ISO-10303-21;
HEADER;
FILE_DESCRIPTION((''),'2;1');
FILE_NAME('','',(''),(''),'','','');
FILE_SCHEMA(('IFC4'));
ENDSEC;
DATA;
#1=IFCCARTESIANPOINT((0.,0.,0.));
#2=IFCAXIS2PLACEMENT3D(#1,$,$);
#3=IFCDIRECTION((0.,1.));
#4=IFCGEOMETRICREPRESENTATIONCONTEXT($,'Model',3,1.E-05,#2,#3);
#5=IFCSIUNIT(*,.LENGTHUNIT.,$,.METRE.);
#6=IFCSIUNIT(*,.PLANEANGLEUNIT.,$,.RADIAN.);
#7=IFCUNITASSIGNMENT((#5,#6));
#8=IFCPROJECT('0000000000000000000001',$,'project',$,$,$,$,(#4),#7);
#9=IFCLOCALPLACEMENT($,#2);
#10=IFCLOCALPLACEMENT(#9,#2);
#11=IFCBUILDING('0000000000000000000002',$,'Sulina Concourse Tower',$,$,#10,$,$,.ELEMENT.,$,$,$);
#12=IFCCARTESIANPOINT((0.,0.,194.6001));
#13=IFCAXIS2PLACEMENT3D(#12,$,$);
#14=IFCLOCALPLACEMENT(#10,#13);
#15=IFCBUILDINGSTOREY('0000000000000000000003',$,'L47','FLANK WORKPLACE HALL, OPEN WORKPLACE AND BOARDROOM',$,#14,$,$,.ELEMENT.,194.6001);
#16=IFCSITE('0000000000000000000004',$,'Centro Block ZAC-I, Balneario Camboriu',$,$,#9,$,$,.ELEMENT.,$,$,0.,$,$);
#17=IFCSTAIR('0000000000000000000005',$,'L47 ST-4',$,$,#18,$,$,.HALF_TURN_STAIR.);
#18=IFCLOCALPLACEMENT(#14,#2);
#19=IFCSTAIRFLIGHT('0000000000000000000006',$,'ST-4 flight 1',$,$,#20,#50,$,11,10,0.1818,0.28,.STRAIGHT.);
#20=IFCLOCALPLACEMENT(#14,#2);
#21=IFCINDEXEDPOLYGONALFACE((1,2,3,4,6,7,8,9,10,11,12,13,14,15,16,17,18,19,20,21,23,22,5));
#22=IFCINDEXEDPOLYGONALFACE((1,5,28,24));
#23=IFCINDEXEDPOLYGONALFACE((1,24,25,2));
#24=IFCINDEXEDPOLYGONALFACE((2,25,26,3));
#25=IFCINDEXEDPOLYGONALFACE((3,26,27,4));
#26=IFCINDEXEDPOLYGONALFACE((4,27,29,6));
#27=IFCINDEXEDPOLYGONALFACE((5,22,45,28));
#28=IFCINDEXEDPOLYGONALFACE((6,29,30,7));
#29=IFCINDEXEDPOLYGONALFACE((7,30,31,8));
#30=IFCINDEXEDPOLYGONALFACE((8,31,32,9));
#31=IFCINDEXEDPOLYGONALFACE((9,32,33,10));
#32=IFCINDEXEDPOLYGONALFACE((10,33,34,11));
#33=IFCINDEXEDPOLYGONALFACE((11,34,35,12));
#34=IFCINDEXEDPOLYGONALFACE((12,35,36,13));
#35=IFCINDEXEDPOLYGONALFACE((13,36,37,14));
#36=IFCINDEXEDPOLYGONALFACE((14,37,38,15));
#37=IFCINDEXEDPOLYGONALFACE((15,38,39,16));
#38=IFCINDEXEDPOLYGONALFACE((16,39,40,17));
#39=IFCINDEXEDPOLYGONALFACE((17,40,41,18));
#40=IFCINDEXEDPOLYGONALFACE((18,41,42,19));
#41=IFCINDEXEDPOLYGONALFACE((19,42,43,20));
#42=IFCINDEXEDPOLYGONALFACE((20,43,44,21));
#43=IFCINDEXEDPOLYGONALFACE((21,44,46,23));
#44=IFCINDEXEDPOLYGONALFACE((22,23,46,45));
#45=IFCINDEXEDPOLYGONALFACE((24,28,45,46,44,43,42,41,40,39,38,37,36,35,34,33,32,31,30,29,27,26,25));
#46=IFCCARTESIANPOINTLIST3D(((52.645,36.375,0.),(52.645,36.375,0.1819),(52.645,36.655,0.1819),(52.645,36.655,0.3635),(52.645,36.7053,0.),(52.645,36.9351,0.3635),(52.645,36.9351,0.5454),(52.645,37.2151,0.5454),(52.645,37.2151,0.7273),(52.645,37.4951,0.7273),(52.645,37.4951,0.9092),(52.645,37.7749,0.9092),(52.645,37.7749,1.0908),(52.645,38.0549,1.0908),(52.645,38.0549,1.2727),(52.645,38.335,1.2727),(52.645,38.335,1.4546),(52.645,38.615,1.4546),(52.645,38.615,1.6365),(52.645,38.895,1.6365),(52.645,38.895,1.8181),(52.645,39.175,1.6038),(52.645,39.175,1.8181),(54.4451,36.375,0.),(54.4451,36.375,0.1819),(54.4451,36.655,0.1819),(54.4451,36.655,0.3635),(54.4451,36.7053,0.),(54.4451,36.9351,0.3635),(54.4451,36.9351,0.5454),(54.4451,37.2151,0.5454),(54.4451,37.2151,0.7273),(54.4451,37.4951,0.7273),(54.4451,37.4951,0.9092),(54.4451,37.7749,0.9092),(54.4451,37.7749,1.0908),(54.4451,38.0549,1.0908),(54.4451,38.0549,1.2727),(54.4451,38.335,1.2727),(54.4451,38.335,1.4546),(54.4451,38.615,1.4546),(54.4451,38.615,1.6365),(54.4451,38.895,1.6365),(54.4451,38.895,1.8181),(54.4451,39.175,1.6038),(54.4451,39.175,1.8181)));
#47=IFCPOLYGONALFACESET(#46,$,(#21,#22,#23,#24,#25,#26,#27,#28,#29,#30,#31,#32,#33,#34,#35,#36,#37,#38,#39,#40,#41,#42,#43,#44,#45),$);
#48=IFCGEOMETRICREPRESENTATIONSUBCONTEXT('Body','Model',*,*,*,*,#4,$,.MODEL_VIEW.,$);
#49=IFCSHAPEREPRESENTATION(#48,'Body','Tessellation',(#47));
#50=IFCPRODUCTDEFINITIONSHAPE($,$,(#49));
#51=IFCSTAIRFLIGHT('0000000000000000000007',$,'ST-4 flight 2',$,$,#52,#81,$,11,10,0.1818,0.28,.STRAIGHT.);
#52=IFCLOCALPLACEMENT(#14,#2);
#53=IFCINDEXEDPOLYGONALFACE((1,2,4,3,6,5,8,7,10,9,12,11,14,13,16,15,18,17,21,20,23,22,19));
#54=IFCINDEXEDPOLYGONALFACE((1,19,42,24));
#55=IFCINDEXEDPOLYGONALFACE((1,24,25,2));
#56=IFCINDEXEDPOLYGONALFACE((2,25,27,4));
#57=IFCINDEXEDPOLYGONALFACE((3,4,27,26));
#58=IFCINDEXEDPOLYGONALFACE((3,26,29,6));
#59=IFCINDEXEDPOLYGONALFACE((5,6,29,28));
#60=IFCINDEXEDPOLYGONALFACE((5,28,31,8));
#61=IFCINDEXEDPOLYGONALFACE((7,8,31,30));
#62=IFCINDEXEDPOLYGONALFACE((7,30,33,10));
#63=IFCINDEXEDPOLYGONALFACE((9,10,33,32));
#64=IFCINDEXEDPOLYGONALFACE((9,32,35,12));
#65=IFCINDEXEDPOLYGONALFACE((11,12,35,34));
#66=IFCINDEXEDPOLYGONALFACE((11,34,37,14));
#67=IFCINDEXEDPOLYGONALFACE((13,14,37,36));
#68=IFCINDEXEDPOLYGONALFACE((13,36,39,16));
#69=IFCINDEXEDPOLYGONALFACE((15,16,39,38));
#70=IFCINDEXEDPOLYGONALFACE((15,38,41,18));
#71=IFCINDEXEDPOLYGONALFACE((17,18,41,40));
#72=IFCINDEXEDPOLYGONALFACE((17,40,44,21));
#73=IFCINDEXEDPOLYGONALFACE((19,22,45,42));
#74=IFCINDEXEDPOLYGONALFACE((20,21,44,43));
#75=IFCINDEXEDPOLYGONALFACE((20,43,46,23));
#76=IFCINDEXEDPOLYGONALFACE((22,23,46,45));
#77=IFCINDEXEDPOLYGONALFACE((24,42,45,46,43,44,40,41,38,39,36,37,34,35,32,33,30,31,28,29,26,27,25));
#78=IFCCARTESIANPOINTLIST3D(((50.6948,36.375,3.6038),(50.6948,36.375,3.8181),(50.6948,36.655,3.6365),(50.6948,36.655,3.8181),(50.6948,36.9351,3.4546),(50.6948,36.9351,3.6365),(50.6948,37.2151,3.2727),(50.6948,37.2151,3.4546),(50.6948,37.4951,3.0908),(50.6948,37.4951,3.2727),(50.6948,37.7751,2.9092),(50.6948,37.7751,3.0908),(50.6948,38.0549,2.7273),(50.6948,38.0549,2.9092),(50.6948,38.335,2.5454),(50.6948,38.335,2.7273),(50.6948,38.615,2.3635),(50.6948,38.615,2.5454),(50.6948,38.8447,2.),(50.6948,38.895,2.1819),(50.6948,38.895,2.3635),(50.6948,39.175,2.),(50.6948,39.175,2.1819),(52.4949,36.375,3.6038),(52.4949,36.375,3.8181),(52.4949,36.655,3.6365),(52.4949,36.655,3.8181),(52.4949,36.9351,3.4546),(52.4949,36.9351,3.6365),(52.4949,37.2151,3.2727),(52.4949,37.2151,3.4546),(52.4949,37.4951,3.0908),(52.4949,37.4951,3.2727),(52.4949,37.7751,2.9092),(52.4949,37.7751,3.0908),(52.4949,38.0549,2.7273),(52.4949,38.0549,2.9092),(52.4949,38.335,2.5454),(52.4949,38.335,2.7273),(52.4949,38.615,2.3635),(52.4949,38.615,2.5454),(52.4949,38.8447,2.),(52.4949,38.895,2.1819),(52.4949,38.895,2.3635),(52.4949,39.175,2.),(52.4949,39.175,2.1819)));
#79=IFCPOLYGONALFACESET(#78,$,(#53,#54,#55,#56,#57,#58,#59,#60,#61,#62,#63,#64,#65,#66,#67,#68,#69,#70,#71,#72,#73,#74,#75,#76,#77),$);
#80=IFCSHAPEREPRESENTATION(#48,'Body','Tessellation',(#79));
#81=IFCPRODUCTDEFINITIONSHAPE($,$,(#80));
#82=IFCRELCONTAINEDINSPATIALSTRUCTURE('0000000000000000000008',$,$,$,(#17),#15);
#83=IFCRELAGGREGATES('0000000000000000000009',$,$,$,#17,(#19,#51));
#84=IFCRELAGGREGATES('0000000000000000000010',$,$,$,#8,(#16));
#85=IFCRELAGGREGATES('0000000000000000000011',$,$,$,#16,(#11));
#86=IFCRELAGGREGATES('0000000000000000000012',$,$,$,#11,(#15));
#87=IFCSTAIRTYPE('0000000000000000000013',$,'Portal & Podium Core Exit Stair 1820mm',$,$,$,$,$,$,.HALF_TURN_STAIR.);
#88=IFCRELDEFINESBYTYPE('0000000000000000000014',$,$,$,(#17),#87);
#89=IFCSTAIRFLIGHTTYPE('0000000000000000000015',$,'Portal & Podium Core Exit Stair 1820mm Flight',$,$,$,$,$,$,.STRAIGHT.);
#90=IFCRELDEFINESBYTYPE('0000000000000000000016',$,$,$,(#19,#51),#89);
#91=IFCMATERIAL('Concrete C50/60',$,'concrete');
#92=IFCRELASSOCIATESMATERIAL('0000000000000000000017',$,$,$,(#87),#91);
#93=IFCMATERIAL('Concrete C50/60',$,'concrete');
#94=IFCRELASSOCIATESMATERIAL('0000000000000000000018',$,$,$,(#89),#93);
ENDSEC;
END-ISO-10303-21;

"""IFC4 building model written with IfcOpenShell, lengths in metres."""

from ifc_helpers import new_model, si_unit, direction, frame, origin, place, context, subcontext, project, spatial, polyline, outline, extrude, material, type_object, element, aggregate, save


model = new_model("IFC4")

# Units and contexts
model_context = context("Model", 3, precision=1e-05, world=origin(), true_north=direction((0.0, 1.0)))
body_context = subcontext(model_context, "Body", "Model", "MODEL_VIEW")
ifc_project = project(units=[si_unit("LENGTHUNIT", "METRE"), si_unit("PLANEANGLEUNIT", "RADIAN")], contexts=[model_context])

# Site, building, storey
site_placement = place(None, origin())
site = spatial("IfcSite", under=ifc_project, at=site_placement, Name="Centro Block ZAC-I, Balneario Camboriu", CompositionType="ELEMENT", RefElevation=0.0)
building_placement = place(site_placement, origin())
building = spatial("IfcBuilding", under=site, at=building_placement, Name="Sulina Concourse Tower", CompositionType="ELEMENT")
storey_placement = place(building_placement, frame((0.0, 0.0, 194.6001)))
storey = spatial("IfcBuildingStorey", under=building, at=storey_placement, Name="L47", Description="FLANK WORKPLACE HALL, OPEN WORKPLACE AND BOARDROOM", CompositionType="ELEMENT", Elevation=194.6001)

# Stair, stair flights
ifc_material_1 = material(Name="Concrete C50/60", Category="concrete")
stair_type = type_object("IfcStairType", Name="Portal & Podium Core Exit Stair 1820mm", PredefinedType="HALF_TURN_STAIR", material=ifc_material_1)
stair_placement = place(storey_placement, origin())
stair = element("IfcStair", 1, at=stair_placement, inside=storey, type_object=stair_type, Name="L47 ST-4", PredefinedType="HALF_TURN_STAIR")
ifc_material_2 = material(Name="Concrete C50/60", Category="concrete")
stair_flight_type = type_object("IfcStairFlightType", Name="Portal & Podium Core Exit Stair 1820mm Flight", PredefinedType="STRAIGHT", material=ifc_material_2)
stair_flight_1_placement = place(storey_placement, frame((53.5449, 36.375, 0.0), z_axis=(0.0, 0.0, 1.0), x_axis=(0.0, 1.0, 0.0)))
stair_flight_1 = element("IfcStairFlight", 2, at=stair_flight_1_placement, type_object=stair_flight_type, Name="ST-4 flight 1", NumberOfRisers=11, NumberOfTreads=10, PredefinedType="STRAIGHT", RiserHeight=0.1818, TreadLength=0.28, context=body_context, shape_type="SweptSolid", body=[
    extrude(outline(polyline([(0.0, 0.0), (0.0, 0.1819), (0.28, 0.1819), (0.28, 0.3635), (0.5601, 0.3635), (0.5601, 0.5454), (0.8401, 0.5454), (0.8401, 0.7273), (1.1201, 0.7273), (1.1201, 0.9092), (1.3999, 0.9092), (1.3999, 1.0908), (1.6799, 1.0908), (1.6799, 1.2727), (1.96, 1.2727), (1.96, 1.4546), (2.24, 1.4546), (2.24, 1.6365), (2.52, 1.6365), (2.52, 1.8181), (2.8, 1.8181), (2.8, 2.0), (2.8, 1.6038), (0.3303, 0.0), (0.0, 0.0)])), frame((0.0, 0.8999, 0.0), z_axis=(0.0, -1.0, 0.0), x_axis=(1.0, 0.0, 0.0)), (0.0, 0.0, 1.0), 1.8),
])
stair_flight_2_placement = place(storey_placement, frame((51.595, 39.175, 2.0), z_axis=(0.0, 0.0, 1.0), x_axis=(0.0, -1.0, 0.0)))
stair_flight_2 = element("IfcStairFlight", 3, at=stair_flight_2_placement, type_object=stair_flight_type, Name="ST-4 flight 2", NumberOfRisers=11, NumberOfTreads=10, PredefinedType="STRAIGHT", RiserHeight=0.1818, TreadLength=0.28, context=body_context, shape_type="SweptSolid", body=[
    extrude(outline(polyline([(0.0, 0.0), (0.0, 0.1819), (0.28, 0.1819), (0.28, 0.3635), (0.5601, 0.3635), (0.5601, 0.5454), (0.8401, 0.5454), (0.8401, 0.7273), (1.1201, 0.7273), (1.1201, 0.9092), (1.3999, 0.9092), (1.3999, 1.0908), (1.6799, 1.0908), (1.6799, 1.2727), (1.96, 1.2727), (1.96, 1.4546), (2.24, 1.4546), (2.24, 1.6365), (2.52, 1.6365), (2.52, 1.8181), (2.8, 1.8181), (2.8, 2.0), (2.8, 1.6038), (0.3303, 0.0), (0.0, 0.0)])), frame((0.0, 0.8999, 0.0), z_axis=(0.0, -1.0, 0.0), x_axis=(1.0, 0.0, 0.0)), (0.0, 0.0, 1.0), 1.8),
])
aggregate(stair, [stair_flight_1, stair_flight_2])

save(model, "model.ifc")
